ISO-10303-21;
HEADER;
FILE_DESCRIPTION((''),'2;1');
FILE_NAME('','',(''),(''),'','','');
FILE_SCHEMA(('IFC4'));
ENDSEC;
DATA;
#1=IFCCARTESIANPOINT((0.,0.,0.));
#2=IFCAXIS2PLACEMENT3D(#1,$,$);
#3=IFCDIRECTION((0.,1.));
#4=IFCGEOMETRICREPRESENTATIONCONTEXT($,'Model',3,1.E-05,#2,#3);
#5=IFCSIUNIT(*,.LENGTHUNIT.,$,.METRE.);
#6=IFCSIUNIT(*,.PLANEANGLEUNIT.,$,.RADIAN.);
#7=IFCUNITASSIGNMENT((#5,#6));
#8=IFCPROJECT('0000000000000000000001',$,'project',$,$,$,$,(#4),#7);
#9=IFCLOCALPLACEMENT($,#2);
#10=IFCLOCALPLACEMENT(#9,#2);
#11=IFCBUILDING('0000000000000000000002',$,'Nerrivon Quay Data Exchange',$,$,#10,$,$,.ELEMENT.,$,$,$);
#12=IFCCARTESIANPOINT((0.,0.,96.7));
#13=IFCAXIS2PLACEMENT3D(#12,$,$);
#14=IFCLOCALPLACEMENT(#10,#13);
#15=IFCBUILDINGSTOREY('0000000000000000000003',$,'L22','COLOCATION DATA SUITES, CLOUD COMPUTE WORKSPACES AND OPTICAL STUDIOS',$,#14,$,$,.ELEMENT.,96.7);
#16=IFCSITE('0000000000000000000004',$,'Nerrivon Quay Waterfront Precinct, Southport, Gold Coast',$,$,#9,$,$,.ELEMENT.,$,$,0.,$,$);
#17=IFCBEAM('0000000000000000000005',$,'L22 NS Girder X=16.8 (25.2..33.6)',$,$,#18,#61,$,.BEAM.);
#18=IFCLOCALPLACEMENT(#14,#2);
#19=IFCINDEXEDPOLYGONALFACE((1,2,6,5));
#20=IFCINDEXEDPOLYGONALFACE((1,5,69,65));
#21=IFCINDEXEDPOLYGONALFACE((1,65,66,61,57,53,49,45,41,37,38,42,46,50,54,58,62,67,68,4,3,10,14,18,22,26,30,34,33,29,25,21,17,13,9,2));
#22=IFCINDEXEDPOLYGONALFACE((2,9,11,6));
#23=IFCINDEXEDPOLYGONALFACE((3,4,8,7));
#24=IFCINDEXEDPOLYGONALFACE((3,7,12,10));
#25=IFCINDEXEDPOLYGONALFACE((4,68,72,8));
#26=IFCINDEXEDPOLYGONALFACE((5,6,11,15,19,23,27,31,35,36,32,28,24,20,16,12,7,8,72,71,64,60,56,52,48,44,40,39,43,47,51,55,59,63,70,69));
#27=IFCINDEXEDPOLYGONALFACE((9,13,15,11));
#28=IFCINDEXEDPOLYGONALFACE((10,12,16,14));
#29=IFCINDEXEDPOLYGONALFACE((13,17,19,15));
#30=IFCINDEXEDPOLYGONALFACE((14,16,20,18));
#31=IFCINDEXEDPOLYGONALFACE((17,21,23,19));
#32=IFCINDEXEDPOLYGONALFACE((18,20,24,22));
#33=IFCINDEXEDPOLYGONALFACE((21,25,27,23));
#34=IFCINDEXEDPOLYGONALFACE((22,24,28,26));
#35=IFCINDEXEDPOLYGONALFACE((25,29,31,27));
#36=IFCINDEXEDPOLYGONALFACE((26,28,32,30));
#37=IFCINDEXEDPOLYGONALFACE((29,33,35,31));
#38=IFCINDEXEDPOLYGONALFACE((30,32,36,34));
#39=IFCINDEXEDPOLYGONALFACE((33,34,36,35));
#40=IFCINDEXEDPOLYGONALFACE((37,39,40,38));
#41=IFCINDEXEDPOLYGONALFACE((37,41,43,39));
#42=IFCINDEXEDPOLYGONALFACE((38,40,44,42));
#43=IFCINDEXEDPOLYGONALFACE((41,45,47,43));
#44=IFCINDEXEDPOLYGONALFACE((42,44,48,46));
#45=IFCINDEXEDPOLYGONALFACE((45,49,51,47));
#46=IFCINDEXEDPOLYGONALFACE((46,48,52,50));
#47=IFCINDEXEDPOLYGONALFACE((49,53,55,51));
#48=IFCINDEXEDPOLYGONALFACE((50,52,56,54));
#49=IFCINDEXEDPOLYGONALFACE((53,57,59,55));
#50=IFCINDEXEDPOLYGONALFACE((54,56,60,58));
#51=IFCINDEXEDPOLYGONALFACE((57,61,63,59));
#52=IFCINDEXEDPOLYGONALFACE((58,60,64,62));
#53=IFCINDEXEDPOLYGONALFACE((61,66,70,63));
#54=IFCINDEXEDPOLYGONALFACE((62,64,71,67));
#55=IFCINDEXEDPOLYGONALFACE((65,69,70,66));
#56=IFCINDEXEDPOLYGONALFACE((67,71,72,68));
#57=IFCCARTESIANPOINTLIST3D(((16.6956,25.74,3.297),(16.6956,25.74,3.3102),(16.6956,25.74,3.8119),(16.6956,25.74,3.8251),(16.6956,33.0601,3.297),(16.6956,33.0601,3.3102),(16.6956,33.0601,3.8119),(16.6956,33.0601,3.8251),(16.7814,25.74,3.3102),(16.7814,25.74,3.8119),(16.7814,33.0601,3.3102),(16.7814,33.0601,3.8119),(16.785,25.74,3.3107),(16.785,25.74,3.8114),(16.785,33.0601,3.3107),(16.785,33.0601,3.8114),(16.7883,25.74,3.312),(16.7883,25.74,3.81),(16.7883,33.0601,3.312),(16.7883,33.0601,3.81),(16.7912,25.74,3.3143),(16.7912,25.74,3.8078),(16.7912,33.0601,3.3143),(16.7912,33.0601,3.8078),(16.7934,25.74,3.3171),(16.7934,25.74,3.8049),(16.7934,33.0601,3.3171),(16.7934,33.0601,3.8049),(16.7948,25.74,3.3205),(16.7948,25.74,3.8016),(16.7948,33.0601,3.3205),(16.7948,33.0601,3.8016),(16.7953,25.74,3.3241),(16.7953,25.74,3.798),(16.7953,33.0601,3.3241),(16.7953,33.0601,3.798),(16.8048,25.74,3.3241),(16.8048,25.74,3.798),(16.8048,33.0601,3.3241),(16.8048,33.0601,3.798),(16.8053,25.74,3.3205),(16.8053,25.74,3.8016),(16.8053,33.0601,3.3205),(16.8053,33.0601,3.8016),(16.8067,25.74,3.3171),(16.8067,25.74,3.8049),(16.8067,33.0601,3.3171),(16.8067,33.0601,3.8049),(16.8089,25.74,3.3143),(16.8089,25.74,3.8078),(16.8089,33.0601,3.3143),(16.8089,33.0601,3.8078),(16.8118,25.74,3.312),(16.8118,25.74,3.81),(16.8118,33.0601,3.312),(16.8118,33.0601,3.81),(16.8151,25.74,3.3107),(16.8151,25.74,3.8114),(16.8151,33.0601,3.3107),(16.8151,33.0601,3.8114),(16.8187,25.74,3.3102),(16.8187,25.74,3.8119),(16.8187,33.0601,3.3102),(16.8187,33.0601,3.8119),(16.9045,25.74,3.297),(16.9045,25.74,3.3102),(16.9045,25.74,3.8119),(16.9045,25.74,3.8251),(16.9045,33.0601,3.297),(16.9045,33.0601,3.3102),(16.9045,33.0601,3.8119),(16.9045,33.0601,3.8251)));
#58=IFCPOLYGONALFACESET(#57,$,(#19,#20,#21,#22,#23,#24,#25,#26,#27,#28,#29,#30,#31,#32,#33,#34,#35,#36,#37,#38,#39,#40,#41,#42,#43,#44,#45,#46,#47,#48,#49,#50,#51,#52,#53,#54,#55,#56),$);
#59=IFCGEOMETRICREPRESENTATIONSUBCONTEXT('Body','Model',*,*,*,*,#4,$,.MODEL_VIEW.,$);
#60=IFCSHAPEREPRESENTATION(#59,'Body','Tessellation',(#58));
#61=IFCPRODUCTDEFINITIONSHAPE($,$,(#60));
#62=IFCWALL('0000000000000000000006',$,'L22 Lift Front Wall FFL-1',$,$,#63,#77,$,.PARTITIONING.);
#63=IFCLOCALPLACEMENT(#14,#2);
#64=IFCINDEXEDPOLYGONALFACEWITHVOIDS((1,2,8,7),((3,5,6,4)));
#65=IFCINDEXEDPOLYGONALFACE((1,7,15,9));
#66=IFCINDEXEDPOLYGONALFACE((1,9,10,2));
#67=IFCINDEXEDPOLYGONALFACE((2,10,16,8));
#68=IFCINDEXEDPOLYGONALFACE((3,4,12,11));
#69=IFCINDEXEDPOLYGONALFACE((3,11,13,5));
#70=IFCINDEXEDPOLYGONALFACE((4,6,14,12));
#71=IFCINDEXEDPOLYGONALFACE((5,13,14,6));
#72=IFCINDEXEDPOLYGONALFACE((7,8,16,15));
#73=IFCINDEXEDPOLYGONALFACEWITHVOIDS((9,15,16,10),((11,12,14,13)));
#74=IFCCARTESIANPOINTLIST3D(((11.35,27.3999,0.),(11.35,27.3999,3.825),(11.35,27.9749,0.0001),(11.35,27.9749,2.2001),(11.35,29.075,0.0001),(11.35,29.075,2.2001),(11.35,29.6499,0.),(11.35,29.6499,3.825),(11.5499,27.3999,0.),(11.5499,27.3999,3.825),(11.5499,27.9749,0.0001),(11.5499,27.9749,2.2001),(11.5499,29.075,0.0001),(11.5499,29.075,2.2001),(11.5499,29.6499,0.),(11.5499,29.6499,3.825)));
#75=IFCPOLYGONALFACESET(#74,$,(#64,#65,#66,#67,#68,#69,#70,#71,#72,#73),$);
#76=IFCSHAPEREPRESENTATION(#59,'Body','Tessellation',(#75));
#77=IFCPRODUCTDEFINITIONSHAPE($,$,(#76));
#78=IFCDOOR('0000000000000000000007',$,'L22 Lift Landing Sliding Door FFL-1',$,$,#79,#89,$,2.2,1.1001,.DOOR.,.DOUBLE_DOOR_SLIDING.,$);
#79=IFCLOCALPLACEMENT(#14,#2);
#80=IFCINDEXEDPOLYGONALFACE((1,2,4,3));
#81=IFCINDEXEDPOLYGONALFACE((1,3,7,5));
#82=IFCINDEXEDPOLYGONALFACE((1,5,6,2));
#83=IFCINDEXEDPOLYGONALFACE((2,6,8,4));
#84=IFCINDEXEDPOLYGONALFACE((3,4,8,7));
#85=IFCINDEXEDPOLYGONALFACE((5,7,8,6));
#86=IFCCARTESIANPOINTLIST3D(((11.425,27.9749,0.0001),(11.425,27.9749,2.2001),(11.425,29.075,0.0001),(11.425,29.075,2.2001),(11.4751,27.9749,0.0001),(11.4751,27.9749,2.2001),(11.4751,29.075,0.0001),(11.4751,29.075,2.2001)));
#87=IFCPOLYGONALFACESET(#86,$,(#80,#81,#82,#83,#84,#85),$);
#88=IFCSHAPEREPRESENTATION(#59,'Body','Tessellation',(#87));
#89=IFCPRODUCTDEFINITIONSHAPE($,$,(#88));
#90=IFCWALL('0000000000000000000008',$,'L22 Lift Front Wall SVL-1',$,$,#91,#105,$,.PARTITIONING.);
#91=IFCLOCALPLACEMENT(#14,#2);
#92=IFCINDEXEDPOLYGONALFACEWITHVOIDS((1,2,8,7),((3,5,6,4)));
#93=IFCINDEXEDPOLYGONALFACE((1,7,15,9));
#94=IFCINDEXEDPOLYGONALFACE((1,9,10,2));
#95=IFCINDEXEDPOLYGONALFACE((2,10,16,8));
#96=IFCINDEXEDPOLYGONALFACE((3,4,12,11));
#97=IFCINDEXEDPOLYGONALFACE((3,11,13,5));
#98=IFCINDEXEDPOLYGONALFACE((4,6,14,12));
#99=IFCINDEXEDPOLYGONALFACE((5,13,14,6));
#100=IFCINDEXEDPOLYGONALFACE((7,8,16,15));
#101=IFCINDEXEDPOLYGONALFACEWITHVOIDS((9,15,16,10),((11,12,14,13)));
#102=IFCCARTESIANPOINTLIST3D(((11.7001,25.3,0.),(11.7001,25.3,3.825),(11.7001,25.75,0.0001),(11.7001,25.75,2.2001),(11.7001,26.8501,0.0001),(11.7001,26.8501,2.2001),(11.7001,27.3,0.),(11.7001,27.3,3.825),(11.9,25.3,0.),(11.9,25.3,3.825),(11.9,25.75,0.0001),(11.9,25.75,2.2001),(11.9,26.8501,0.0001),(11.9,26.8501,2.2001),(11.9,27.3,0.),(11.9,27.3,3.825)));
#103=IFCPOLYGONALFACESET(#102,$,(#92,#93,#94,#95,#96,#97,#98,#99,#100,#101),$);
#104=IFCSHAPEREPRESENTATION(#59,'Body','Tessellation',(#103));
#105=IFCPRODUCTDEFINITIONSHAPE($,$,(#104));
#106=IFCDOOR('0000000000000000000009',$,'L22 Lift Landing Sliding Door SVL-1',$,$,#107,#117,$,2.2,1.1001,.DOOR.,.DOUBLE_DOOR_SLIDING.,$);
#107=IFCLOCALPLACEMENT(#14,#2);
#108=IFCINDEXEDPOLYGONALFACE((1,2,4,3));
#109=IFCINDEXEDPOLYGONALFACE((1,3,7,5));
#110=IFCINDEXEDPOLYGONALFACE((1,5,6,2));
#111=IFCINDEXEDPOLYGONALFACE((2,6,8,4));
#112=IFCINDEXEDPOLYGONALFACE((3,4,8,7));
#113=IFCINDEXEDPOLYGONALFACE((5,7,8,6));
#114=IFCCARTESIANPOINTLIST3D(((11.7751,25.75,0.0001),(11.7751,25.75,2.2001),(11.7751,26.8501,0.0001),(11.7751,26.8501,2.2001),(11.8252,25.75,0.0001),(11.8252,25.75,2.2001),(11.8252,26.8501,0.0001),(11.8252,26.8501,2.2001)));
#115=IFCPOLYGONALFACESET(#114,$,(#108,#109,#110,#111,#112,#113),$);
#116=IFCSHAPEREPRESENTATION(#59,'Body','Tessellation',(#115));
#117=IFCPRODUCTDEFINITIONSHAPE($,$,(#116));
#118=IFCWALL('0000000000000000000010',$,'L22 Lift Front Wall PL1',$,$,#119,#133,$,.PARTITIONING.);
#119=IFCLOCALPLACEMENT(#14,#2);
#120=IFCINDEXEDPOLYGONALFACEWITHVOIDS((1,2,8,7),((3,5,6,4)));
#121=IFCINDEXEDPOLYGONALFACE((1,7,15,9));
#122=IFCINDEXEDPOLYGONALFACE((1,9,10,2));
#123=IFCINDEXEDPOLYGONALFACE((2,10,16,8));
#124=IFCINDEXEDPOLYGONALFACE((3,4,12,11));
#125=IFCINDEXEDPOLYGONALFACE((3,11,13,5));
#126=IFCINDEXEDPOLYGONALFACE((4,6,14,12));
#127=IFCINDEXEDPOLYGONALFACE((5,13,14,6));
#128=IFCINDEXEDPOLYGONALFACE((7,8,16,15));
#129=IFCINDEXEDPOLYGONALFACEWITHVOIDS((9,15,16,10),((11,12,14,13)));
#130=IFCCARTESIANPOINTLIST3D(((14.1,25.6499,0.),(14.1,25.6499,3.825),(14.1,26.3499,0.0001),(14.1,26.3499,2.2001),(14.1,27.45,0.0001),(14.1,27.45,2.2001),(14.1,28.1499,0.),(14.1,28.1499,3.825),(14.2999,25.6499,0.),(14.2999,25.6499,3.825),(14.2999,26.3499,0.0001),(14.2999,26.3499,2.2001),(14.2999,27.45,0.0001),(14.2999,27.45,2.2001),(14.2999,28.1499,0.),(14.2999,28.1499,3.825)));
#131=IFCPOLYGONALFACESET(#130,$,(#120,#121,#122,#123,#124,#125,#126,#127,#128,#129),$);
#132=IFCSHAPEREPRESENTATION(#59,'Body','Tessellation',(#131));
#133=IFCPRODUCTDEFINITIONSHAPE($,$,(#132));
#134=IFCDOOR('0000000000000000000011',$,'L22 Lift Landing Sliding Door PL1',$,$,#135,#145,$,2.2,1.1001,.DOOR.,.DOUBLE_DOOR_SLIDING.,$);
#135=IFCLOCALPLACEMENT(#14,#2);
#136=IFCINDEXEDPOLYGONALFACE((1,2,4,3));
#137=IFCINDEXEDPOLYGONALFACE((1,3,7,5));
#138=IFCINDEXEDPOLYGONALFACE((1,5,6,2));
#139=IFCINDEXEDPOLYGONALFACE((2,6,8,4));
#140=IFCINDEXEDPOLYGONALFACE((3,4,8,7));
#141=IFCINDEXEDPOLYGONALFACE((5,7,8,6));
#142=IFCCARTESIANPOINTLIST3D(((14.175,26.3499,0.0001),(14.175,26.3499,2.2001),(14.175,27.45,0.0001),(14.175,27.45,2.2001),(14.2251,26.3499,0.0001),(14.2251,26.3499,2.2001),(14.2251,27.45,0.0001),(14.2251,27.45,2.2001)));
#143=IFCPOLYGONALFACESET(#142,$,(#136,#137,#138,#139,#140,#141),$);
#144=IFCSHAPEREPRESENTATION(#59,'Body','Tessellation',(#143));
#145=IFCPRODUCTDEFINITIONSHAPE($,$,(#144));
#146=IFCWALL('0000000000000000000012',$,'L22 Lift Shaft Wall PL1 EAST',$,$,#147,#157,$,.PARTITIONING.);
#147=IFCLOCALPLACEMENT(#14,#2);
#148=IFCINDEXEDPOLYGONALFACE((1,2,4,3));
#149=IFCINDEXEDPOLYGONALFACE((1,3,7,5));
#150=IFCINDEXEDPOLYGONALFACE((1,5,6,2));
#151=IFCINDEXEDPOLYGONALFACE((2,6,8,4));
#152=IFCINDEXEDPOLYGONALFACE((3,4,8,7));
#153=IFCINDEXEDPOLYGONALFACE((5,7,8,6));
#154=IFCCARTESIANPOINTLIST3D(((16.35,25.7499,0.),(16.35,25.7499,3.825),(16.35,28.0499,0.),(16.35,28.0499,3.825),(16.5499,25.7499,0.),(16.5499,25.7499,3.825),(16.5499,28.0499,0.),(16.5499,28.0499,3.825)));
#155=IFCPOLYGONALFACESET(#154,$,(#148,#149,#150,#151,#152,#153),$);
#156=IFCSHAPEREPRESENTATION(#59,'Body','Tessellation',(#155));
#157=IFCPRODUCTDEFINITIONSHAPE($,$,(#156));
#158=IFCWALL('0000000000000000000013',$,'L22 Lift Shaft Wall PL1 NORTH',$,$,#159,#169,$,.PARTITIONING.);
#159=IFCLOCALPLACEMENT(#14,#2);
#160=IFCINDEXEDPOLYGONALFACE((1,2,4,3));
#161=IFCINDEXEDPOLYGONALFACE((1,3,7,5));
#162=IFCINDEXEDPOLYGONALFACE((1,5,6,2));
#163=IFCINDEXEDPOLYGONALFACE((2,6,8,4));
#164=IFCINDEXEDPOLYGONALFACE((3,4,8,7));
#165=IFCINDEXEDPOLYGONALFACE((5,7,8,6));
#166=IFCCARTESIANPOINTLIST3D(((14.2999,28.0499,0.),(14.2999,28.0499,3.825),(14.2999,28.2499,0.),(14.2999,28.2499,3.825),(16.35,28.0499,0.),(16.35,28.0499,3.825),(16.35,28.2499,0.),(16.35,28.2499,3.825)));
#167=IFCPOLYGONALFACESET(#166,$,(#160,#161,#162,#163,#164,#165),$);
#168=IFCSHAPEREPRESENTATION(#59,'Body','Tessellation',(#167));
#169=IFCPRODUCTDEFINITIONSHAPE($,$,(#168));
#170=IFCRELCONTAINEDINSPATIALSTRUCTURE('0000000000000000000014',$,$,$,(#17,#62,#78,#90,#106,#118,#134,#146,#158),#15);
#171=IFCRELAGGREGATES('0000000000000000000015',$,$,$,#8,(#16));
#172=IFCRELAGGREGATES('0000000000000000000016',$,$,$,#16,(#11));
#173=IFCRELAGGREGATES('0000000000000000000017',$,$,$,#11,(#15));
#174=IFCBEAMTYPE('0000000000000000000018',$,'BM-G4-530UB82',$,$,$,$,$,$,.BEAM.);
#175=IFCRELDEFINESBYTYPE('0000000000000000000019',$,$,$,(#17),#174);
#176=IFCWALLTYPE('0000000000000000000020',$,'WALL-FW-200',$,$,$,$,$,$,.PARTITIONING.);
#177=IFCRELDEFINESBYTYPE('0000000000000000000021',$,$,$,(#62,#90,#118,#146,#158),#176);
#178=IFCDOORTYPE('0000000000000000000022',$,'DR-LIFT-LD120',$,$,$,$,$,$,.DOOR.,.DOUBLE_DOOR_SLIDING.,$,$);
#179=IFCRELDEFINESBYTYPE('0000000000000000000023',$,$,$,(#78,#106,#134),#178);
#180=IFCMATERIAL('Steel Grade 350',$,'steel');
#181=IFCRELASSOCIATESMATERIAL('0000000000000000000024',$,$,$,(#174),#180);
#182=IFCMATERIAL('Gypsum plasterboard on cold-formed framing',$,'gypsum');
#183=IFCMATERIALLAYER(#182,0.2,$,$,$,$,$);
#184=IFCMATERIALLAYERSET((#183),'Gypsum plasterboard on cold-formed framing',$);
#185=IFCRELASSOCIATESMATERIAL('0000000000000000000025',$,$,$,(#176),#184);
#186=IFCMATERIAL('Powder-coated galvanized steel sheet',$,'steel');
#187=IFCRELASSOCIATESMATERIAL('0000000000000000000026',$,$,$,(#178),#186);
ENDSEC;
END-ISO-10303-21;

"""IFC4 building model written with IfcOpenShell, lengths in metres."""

from ifc_helpers import new_model, si_unit, direction, frame, frame_2d, origin, origin_2d, place, context, subcontext, project, spatial, rectangle, i_section, extrude, material, layer, layer_set, material_profile, profile_set, type_object, element, fill, save


model = new_model("IFC4")

# Units and contexts
model_context = context("Model", 3, precision=1e-05, world=origin(), true_north=direction((0.0, 1.0)))
body_context = subcontext(model_context, "Body", "Model", "MODEL_VIEW")
ifc_project = project(units=[si_unit("LENGTHUNIT", "METRE"), si_unit("PLANEANGLEUNIT", "RADIAN")], contexts=[model_context])

# Site, building, storey
site_placement = place(None, origin())
site = spatial("IfcSite", under=ifc_project, at=site_placement, Name="Nerrivon Quay Waterfront Precinct, Southport, Gold Coast", CompositionType="ELEMENT", RefElevation=0.0)
building_placement = place(site_placement, origin())
building = spatial("IfcBuilding", under=site, at=building_placement, Name="Nerrivon Quay Data Exchange", CompositionType="ELEMENT")
storey_placement = place(building_placement, frame((0.0, 0.0, 96.7)))
storey = spatial("IfcBuildingStorey", under=building, at=storey_placement, Name="L22", Description="COLOCATION DATA SUITES, CLOUD COMPUTE WORKSPACES AND OPTICAL STUDIOS", CompositionType="ELEMENT", Elevation=96.7)

# Beam
ifc_material_1 = material(Name="Steel Grade 350", Category="steel")
ifc_material_profile = material_profile(ifc_material_1, i_section(OverallWidth=0.209, OverallDepth=0.5281, WebThickness=0.0095, FlangeThickness=0.0132, FilletRadius=0.0139, at=origin_2d()), Name="530UB82.0")
ifc_profile_set = profile_set([ifc_material_profile], Name="Steel Grade 350")
beam_type = type_object("IfcBeamType", Name="BM-G4-530UB82", PredefinedType="BEAM", material=ifc_profile_set)
beam_placement = place(storey_placement, frame((16.8, 25.74, 3.561), z_axis=(0.0, 1.0, 0.0), x_axis=(-1.0, 0.0, 0.0)))
element("IfcBeam", 1, at=beam_placement, inside=storey, type_object=beam_type, Name="L22 NS Girder X=16.8 (25.2..33.6)", PredefinedType="BEAM", context=body_context, shape_type="SweptSolid", body=[
    extrude(i_section(OverallWidth=0.209, OverallDepth=0.5281, WebThickness=0.0095, FlangeThickness=0.0132, FilletRadius=0.0139, at=origin_2d()), origin(), (0.0, 0.0, 1.0), 7.3201),
])

# Walls, openings, doors
ifc_material_2 = material(Name="Gypsum plasterboard on cold-formed framing", Category="gypsum")
ifc_layer_1 = layer(ifc_material_2, 0.2)
ifc_layer_set_1 = layer_set([ifc_layer_1], Name="Gypsum plasterboard on cold-formed framing")
wall_type_1 = type_object("IfcWallType", Name="WALL-FW-200", PredefinedType="PARTITIONING", material=ifc_layer_set_1)
wall_1_placement = place(storey_placement, frame((11.45, 27.3999, 0.0), z_axis=(0.0, 0.0, 1.0), x_axis=(0.0, 1.0, 0.0)))
wall_1 = element("IfcWall", 2, at=wall_1_placement, inside=storey, type_object=wall_type_1, Name="L22 Lift Front Wall FFL-1", PredefinedType="PARTITIONING", context=body_context, shape_type="SweptSolid", body=[
    extrude(rectangle(XDim=2.25, YDim=0.2, at=frame_2d((1.125, 0.0))), origin(), (0.0, 0.0, 1.0), 3.825),
])
opening_1_placement = place(wall_1_placement, frame((0.575, 0.0, 0.0)))
opening_1 = element("IfcOpeningElement", 3, at=opening_1_placement, cuts=wall_1, PredefinedType="OPENING", context=body_context, shape_type="SweptSolid", body=[
    extrude(rectangle(XDim=1.1001, YDim=2.2, at=frame_2d((0.55, 1.1001))), frame((0.0, 0.1099, 0.0), z_axis=(0.0, -1.0, 0.0), x_axis=(1.0, 0.0, 0.0)), (0.0, 0.0, 1.0), 0.22),
])
ifc_material_3 = material(Name="Powder-coated galvanized steel sheet", Category="steel")
door_type_1 = type_object("IfcDoorType", Name="DR-LIFT-LD120", OperationType="DOUBLE_DOOR_SLIDING", PredefinedType="DOOR", material=ifc_material_3)
door_1_placement = place(opening_1_placement, origin())
door_1 = element("IfcDoor", 4, at=door_1_placement, inside=storey, type_object=door_type_1, Name="L22 Lift Landing Sliding Door FFL-1", OperationType="DOUBLE_DOOR_SLIDING", OverallHeight=2.2, OverallWidth=1.1001, PredefinedType="DOOR", context=body_context, shape_type="SweptSolid", body=[
    extrude(rectangle(XDim=1.1001, YDim=2.2, at=frame_2d((0.55, 1.1001))), frame((0.0, 0.0249, 0.0), z_axis=(0.0, -1.0, 0.0), x_axis=(1.0, 0.0, 0.0)), (0.0, 0.0, 1.0), 0.05),
])
fill(opening_1, door_1)
wall_2_placement = place(storey_placement, frame((11.8, 25.3, 0.0), z_axis=(0.0, 0.0, 1.0), x_axis=(0.0, 1.0, 0.0)))
wall_2 = element("IfcWall", 5, at=wall_2_placement, inside=storey, type_object=wall_type_1, Name="L22 Lift Front Wall SVL-1", PredefinedType="PARTITIONING", context=body_context, shape_type="SweptSolid", body=[
    extrude(rectangle(XDim=2.0, YDim=0.2, at=frame_2d((1.0, 0.0))), origin(), (0.0, 0.0, 1.0), 3.825),
])
opening_2_placement = place(wall_2_placement, frame((0.45, 0.0, 0.0)))
opening_2 = element("IfcOpeningElement", 6, at=opening_2_placement, cuts=wall_2, PredefinedType="OPENING", context=body_context, shape_type="SweptSolid", body=[
    extrude(rectangle(XDim=1.1001, YDim=2.2, at=frame_2d((0.55, 1.1001))), frame((0.0, 0.1099, 0.0), z_axis=(0.0, -1.0, 0.0), x_axis=(1.0, 0.0, 0.0)), (0.0, 0.0, 1.0), 0.22),
])
door_2_placement = place(opening_2_placement, origin())
door_2 = element("IfcDoor", 7, at=door_2_placement, inside=storey, type_object=door_type_1, Name="L22 Lift Landing Sliding Door SVL-1", OperationType="DOUBLE_DOOR_SLIDING", OverallHeight=2.2, OverallWidth=1.1001, PredefinedType="DOOR", context=body_context, shape_type="SweptSolid", body=[
    extrude(rectangle(XDim=1.1001, YDim=2.2, at=frame_2d((0.55, 1.1001))), frame((0.0, 0.0249, 0.0), z_axis=(0.0, -1.0, 0.0), x_axis=(1.0, 0.0, 0.0)), (0.0, 0.0, 1.0), 0.05),
])
fill(opening_2, door_2)
wall_3_placement = place(storey_placement, frame((14.2, 25.6499, 0.0), z_axis=(0.0, 0.0, 1.0), x_axis=(0.0, 1.0, 0.0)))
wall_3 = element("IfcWall", 8, at=wall_3_placement, inside=storey, type_object=wall_type_1, Name="L22 Lift Front Wall PL1", PredefinedType="PARTITIONING", context=body_context, shape_type="SweptSolid", body=[
    extrude(rectangle(XDim=2.5, YDim=0.2, at=frame_2d((1.25, 0.0))), origin(), (0.0, 0.0, 1.0), 3.825),
])
opening_3_placement = place(wall_3_placement, frame((0.7, 0.0, 0.0)))
opening_3 = element("IfcOpeningElement", 9, at=opening_3_placement, cuts=wall_3, PredefinedType="OPENING", context=body_context, shape_type="SweptSolid", body=[
    extrude(rectangle(XDim=1.1001, YDim=2.2, at=frame_2d((0.55, 1.1001))), frame((0.0, 0.1099, 0.0), z_axis=(0.0, -1.0, 0.0), x_axis=(1.0, 0.0, 0.0)), (0.0, 0.0, 1.0), 0.22),
])
door_3_placement = place(opening_3_placement, origin())
door_3 = element("IfcDoor", 10, at=door_3_placement, inside=storey, type_object=door_type_1, Name="L22 Lift Landing Sliding Door PL1", OperationType="DOUBLE_DOOR_SLIDING", OverallHeight=2.2, OverallWidth=1.1001, PredefinedType="DOOR", context=body_context, shape_type="SweptSolid", body=[
    extrude(rectangle(XDim=1.1001, YDim=2.2, at=frame_2d((0.55, 1.1001))), frame((0.0, 0.0249, 0.0), z_axis=(0.0, -1.0, 0.0), x_axis=(1.0, 0.0, 0.0)), (0.0, 0.0, 1.0), 0.05),
])
fill(opening_3, door_3)

# Walls
wall_4_placement = place(storey_placement, frame((16.45, 25.75, 0.0), z_axis=(0.0, 0.0, 1.0), x_axis=(0.0, 1.0, 0.0)))
element("IfcWall", 11, at=wall_4_placement, inside=storey, type_object=wall_type_1, Name="L22 Lift Shaft Wall PL1 EAST", PredefinedType="PARTITIONING", context=body_context, shape_type="SweptSolid", body=[
    extrude(rectangle(XDim=2.3, YDim=0.2, at=frame_2d((1.1499, 0.0))), origin(), (0.0, 0.0, 1.0), 3.825),
])
wall_5_placement = place(storey_placement, frame((14.3, 28.1499, 0.0), z_axis=(0.0, 0.0, 1.0), x_axis=(1.0, 0.0, 0.0)))
element("IfcWall", 12, at=wall_5_placement, inside=storey, type_object=wall_type_1, Name="L22 Lift Shaft Wall PL1 NORTH", PredefinedType="PARTITIONING", context=body_context, shape_type="SweptSolid", body=[
    extrude(rectangle(XDim=2.05, YDim=0.2, at=frame_2d((1.0249, 0.0))), origin(), (0.0, 0.0, 1.0), 3.825),
])

save(model, "model.ifc")
